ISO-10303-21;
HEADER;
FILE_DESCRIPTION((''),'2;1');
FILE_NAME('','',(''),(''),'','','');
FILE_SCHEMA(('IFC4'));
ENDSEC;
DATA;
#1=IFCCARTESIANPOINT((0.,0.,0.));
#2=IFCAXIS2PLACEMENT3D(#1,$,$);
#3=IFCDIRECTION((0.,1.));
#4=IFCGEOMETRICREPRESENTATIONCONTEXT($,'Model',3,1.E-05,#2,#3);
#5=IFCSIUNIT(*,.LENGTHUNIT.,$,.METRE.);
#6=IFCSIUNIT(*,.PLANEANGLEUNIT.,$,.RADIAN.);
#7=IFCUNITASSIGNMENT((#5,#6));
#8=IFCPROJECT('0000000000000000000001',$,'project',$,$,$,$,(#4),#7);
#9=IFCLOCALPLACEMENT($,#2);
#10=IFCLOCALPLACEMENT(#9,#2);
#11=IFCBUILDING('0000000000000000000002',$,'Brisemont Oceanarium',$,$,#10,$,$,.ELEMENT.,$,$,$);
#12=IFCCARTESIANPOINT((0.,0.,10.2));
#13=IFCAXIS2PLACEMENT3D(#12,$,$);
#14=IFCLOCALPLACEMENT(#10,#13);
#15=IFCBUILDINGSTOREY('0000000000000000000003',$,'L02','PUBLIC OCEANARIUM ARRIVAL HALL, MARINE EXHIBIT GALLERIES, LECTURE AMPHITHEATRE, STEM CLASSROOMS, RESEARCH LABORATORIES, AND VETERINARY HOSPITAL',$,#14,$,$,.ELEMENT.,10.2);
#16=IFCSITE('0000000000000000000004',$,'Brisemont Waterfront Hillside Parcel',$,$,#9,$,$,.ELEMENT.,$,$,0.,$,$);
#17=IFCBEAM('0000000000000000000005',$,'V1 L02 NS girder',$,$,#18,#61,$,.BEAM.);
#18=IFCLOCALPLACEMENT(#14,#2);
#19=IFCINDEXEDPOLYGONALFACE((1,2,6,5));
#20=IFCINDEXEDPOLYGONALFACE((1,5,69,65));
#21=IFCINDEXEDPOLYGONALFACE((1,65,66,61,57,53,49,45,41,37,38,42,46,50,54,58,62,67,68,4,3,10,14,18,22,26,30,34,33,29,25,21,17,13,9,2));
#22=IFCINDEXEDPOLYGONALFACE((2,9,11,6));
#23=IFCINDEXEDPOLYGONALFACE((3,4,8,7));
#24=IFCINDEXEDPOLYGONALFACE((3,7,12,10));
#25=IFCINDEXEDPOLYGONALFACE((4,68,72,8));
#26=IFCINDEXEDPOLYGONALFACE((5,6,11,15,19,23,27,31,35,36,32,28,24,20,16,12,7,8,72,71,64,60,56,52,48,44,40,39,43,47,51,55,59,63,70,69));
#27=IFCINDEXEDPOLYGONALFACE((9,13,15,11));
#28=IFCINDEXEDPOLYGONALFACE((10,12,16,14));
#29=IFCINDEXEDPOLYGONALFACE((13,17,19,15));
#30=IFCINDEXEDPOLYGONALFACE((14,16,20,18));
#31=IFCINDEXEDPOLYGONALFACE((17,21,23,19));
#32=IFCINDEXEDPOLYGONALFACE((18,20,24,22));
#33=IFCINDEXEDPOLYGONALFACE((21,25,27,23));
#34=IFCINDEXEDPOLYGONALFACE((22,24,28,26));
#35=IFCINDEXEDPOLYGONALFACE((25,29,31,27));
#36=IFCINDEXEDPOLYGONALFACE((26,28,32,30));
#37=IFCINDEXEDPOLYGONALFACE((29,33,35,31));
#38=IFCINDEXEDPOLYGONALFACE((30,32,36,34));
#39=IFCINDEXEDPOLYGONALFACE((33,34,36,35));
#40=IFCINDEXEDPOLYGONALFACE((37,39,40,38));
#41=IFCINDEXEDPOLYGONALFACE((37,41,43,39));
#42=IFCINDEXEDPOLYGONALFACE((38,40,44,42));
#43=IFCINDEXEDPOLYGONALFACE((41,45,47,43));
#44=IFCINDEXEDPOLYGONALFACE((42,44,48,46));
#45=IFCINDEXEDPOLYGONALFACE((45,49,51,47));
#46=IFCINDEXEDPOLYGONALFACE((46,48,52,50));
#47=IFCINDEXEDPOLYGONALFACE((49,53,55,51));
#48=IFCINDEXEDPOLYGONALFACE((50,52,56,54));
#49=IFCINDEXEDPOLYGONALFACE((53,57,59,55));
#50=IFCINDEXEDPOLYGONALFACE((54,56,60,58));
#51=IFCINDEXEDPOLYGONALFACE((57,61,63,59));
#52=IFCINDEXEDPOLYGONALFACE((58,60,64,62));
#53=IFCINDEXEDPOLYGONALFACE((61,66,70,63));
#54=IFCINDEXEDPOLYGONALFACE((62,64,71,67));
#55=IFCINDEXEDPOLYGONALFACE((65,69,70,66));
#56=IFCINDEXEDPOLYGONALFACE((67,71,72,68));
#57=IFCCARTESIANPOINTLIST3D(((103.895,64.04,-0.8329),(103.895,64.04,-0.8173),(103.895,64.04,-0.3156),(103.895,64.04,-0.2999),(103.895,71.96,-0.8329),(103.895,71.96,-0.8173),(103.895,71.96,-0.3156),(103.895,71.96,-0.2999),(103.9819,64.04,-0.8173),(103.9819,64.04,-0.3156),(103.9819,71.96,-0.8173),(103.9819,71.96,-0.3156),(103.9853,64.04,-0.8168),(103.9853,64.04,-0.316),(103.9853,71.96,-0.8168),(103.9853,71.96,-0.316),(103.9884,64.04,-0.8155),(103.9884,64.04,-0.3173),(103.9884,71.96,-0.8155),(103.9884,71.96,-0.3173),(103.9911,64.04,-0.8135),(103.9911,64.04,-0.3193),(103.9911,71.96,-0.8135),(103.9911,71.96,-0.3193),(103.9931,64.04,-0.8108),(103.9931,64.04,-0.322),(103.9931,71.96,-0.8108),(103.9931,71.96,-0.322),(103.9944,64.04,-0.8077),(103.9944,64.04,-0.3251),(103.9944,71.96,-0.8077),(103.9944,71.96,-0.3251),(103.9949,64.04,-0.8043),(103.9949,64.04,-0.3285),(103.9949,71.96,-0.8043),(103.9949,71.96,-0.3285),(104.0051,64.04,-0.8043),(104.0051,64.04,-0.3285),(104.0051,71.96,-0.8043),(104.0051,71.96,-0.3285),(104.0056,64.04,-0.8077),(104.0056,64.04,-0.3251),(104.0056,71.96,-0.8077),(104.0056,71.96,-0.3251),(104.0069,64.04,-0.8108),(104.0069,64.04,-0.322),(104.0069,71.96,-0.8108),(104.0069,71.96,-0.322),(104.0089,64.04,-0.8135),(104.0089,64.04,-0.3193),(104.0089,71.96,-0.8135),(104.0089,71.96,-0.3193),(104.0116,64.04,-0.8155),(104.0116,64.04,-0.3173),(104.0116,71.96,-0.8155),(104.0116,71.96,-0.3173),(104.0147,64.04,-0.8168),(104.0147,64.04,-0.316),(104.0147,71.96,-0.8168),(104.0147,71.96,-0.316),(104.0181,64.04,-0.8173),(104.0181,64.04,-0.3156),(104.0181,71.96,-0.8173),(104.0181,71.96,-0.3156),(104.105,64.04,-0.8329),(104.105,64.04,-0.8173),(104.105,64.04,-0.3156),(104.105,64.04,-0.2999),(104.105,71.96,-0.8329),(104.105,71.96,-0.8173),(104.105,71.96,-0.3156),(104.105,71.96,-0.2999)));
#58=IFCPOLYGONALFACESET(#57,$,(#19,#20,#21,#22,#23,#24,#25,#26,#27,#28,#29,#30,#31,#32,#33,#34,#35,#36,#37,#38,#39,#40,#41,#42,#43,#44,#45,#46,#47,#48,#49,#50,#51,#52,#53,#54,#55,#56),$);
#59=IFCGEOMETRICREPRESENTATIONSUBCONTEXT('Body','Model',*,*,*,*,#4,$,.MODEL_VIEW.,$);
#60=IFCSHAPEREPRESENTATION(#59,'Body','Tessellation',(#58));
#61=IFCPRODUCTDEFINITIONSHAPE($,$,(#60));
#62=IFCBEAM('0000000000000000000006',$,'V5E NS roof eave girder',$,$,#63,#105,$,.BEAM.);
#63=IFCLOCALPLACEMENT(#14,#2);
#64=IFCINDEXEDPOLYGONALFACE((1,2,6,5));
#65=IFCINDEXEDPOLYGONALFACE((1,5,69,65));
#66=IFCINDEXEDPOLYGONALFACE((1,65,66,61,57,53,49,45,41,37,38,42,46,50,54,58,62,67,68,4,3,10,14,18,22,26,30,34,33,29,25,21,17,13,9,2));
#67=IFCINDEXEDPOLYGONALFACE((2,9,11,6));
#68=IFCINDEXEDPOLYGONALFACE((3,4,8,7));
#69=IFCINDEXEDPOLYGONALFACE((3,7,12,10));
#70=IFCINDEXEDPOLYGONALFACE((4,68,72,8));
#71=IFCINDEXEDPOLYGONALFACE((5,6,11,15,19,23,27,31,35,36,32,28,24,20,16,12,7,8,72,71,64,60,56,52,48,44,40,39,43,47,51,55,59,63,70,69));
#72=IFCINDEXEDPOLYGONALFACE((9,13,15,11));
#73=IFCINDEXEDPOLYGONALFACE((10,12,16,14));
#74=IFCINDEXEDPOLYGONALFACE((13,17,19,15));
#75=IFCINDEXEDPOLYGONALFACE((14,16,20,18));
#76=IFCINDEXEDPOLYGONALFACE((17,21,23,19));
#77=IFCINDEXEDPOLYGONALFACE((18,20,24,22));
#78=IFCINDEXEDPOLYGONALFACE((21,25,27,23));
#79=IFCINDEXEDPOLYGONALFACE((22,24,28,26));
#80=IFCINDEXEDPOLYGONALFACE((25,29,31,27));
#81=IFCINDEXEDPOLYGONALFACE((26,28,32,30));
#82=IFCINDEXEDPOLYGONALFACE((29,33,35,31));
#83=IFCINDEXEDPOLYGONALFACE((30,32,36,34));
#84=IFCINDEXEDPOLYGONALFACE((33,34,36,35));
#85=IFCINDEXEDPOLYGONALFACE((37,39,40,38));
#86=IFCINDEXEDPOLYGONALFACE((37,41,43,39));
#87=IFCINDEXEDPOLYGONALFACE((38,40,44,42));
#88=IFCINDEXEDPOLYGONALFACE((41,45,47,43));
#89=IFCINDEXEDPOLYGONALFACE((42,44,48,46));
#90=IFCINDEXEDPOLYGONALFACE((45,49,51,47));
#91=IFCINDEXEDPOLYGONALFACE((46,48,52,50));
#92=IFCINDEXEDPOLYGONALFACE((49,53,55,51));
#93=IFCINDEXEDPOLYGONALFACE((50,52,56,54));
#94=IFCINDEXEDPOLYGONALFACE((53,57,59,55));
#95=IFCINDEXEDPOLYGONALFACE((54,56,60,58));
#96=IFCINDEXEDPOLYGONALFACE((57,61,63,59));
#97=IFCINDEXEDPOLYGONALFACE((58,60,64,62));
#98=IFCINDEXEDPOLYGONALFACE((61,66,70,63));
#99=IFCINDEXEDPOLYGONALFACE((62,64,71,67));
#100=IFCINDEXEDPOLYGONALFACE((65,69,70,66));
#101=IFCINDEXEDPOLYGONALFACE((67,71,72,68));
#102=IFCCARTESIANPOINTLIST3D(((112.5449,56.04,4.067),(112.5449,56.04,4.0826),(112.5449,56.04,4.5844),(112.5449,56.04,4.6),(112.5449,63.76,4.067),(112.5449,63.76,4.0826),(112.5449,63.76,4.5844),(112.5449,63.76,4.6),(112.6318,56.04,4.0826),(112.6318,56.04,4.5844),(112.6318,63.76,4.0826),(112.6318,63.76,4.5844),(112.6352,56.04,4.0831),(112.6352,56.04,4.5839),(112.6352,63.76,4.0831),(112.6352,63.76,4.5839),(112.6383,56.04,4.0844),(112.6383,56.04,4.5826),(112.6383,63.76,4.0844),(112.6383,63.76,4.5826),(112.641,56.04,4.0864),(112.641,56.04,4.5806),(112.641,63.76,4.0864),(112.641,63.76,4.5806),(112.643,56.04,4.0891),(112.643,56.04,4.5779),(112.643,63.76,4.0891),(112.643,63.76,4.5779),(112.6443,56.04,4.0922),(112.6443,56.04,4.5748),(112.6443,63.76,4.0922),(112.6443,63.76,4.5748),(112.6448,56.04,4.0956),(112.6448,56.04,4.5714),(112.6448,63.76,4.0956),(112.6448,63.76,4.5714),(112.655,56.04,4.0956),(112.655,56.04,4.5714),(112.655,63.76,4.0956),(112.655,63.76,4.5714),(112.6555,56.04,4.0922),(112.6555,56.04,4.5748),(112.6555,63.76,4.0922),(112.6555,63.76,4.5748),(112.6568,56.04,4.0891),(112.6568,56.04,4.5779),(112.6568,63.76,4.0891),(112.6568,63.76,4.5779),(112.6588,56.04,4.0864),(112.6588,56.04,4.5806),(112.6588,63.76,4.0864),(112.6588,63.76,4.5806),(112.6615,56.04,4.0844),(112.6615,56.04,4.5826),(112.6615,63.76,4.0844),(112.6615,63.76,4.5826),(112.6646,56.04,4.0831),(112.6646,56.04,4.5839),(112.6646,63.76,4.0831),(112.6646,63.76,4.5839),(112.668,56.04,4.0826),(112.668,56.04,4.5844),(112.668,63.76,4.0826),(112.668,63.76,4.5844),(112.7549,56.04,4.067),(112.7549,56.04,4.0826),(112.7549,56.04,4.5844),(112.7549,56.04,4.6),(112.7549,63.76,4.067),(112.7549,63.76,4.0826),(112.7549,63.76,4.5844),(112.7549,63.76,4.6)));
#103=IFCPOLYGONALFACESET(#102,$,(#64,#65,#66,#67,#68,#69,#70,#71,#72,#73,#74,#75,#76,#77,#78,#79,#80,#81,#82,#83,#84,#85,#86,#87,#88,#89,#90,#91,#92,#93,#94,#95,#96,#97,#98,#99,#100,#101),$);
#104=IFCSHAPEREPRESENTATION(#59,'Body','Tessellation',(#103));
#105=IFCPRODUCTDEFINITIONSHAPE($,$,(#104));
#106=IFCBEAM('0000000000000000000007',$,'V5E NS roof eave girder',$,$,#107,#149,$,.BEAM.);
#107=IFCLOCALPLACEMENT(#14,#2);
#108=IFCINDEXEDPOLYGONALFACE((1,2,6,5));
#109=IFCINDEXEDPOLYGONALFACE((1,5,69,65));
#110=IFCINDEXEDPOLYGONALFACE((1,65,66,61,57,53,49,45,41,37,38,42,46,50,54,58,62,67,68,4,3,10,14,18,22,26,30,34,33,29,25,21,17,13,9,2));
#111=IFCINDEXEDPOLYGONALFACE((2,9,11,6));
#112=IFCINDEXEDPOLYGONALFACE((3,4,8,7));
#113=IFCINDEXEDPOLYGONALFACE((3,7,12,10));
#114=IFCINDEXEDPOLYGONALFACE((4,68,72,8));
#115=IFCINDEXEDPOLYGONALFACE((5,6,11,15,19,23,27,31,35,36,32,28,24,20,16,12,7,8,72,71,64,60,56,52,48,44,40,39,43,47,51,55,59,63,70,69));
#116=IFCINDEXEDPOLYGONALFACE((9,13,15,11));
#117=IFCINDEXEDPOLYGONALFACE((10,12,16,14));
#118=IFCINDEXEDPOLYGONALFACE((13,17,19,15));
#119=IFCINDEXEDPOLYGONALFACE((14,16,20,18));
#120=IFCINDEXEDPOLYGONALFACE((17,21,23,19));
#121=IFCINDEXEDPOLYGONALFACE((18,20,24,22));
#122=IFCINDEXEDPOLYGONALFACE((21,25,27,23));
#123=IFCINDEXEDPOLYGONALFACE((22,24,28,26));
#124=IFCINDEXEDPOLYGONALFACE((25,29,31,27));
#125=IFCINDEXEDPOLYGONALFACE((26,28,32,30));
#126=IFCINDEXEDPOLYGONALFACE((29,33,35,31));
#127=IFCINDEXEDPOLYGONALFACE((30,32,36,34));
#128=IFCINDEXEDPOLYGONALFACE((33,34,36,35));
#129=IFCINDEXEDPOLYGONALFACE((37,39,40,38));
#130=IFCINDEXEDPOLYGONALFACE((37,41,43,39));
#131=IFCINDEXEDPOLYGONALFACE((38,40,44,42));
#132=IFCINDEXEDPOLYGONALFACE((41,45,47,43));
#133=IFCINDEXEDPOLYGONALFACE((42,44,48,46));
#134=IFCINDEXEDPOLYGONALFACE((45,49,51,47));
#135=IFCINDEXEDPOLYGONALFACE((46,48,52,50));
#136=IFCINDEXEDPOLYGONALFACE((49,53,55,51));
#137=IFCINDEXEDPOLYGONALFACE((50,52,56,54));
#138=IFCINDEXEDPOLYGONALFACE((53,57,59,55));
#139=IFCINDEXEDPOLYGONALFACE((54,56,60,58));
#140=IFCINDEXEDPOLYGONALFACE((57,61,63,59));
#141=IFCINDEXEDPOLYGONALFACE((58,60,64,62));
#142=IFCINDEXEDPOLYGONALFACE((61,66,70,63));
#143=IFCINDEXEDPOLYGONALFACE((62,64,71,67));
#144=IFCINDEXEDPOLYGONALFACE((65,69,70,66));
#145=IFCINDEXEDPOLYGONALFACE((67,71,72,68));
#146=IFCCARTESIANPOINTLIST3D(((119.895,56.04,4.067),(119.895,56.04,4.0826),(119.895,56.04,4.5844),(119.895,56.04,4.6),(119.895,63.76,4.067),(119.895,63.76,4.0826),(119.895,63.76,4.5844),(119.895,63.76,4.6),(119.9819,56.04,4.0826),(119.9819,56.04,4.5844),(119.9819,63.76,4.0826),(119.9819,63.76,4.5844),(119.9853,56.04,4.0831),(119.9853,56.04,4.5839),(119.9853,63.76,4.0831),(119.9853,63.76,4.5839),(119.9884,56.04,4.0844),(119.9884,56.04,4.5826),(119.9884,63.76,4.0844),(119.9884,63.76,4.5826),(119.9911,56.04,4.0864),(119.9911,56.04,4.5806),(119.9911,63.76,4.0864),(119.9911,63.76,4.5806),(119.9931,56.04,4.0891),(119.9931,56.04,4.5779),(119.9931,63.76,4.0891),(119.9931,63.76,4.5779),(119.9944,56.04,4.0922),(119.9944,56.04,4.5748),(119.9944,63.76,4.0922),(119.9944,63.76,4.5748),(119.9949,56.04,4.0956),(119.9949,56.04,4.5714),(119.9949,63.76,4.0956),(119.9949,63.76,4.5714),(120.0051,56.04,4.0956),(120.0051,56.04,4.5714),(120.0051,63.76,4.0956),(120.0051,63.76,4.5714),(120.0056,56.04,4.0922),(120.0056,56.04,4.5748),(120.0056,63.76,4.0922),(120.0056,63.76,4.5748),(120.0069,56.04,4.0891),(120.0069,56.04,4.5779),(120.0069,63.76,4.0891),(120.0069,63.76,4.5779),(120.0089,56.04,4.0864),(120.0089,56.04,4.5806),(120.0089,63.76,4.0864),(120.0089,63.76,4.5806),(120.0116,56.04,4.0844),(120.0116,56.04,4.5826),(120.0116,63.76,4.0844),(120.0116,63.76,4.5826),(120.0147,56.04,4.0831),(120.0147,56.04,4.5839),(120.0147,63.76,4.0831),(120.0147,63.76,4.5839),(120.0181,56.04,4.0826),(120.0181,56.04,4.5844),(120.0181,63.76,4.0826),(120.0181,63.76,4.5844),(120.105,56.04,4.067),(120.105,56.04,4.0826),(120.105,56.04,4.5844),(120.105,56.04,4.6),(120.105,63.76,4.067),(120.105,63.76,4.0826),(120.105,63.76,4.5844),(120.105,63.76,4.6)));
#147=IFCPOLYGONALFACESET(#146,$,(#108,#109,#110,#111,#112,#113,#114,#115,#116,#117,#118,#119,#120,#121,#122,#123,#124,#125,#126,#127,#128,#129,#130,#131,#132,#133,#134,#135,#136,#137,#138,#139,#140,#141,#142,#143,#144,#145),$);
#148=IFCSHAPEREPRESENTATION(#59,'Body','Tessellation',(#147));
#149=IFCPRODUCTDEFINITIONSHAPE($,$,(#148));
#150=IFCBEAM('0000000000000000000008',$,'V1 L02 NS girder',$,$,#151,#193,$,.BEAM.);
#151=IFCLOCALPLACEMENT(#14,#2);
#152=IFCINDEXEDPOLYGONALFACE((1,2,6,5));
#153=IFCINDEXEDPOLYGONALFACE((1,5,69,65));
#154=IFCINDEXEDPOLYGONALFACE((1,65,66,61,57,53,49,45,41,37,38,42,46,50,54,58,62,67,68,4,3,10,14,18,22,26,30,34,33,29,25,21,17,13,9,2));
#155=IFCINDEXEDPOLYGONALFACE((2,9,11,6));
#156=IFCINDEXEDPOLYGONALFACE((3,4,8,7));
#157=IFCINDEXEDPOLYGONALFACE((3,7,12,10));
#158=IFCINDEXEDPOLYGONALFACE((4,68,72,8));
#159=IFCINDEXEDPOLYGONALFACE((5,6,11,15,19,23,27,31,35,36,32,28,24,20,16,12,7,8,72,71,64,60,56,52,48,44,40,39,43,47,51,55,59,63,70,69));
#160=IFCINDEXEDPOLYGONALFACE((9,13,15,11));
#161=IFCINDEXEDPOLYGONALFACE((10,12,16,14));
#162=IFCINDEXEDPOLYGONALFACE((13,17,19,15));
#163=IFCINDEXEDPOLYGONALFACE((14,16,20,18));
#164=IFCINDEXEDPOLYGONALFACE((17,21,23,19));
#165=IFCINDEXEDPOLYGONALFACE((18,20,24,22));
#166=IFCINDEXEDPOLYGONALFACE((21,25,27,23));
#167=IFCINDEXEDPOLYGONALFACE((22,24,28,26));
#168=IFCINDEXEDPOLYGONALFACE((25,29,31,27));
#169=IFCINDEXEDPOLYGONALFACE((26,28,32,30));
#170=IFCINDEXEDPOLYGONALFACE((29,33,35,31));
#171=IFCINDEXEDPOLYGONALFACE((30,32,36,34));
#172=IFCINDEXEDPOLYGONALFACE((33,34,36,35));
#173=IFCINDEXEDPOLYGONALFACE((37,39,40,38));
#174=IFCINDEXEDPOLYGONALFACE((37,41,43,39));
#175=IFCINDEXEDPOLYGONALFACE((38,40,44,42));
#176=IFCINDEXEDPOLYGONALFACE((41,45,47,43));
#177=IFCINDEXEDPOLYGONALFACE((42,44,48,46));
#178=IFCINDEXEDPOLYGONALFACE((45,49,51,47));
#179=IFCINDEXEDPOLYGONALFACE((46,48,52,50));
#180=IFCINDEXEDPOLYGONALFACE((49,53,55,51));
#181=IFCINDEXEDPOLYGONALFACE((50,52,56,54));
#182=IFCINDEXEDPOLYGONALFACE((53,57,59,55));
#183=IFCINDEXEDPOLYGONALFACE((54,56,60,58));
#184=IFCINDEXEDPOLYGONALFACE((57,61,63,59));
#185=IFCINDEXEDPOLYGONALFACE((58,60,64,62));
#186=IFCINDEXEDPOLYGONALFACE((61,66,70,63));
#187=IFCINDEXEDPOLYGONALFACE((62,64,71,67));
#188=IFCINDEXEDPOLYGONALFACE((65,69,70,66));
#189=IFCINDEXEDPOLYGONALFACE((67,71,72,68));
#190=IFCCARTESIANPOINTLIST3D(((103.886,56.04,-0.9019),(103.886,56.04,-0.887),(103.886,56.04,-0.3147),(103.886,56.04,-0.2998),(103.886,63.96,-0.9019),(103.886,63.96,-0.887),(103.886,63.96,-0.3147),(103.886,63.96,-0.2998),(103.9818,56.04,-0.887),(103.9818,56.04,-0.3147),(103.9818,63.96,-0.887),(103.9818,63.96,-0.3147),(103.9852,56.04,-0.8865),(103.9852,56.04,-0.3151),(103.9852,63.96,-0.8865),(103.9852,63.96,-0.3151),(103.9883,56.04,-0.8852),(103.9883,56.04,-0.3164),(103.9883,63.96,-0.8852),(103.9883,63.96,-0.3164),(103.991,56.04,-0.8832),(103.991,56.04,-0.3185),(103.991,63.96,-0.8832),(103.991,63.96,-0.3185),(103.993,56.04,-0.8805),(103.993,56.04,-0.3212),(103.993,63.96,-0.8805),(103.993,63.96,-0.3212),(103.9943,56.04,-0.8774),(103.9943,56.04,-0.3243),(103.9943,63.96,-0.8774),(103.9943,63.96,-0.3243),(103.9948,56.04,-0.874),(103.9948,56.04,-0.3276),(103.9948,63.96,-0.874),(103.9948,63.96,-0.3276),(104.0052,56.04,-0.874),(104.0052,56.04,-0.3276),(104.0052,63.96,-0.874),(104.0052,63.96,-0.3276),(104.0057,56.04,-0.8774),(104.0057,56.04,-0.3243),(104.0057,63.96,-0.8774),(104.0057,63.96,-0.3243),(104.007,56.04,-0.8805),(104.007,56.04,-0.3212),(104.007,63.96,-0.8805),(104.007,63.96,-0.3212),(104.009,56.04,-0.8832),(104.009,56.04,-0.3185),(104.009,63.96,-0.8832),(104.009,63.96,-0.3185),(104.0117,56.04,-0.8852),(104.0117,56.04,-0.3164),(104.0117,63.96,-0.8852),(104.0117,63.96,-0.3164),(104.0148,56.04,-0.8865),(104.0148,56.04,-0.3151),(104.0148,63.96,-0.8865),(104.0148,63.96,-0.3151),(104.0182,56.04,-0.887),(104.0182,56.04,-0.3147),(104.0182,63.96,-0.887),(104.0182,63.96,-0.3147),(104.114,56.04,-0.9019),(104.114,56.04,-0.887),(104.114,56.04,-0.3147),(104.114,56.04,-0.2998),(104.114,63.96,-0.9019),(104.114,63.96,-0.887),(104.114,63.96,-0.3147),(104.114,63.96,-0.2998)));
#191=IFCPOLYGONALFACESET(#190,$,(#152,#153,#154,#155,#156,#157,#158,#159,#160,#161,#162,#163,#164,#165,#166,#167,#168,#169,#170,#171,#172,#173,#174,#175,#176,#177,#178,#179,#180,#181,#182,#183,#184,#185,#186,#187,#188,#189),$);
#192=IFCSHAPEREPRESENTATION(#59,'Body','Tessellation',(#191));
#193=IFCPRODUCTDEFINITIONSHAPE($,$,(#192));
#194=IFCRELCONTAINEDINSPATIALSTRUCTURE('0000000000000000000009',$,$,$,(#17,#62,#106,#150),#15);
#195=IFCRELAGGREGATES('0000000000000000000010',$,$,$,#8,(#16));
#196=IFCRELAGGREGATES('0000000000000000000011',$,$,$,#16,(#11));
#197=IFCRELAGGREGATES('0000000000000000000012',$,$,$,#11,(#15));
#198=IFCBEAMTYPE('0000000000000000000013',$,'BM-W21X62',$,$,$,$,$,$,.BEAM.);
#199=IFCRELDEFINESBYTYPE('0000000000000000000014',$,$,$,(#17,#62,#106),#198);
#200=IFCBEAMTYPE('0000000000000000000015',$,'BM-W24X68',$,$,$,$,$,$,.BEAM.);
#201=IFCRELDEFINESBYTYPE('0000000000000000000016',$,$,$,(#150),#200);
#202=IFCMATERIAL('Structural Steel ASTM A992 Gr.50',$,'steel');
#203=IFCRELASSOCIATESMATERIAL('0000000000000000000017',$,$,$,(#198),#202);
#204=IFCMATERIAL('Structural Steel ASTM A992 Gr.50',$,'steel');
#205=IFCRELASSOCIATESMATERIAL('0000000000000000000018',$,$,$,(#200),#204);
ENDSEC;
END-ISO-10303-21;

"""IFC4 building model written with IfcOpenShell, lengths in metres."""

from ifc_helpers import new_model, si_unit, direction, frame, origin, origin_2d, place, context, subcontext, project, spatial, i_section, extrude, material, material_profile, profile_set, type_object, element, save


model = new_model("IFC4")

# Units and contexts
model_context = context("Model", 3, precision=1e-05, world=origin(), true_north=direction((0.0, 1.0)))
body_context = subcontext(model_context, "Body", "Model", "MODEL_VIEW")
ifc_project = project(units=[si_unit("LENGTHUNIT", "METRE"), si_unit("PLANEANGLEUNIT", "RADIAN")], contexts=[model_context])

# Site, building, storey
site_placement = place(None, origin())
site = spatial("IfcSite", under=ifc_project, at=site_placement, Name="Brisemont Waterfront Hillside Parcel", CompositionType="ELEMENT", RefElevation=0.0)
building_placement = place(site_placement, origin())
building = spatial("IfcBuilding", under=site, at=building_placement, Name="Brisemont Oceanarium", CompositionType="ELEMENT")
storey_placement = place(building_placement, frame((0.0, 0.0, 10.2)))
storey = spatial("IfcBuildingStorey", under=building, at=storey_placement, Name="L02", Description="PUBLIC OCEANARIUM ARRIVAL HALL, MARINE EXHIBIT GALLERIES, LECTURE AMPHITHEATRE, STEM CLASSROOMS, RESEARCH LABORATORIES, AND VETERINARY HOSPITAL", CompositionType="ELEMENT", Elevation=10.2)

# Beams
ifc_material_1 = material(Name="Structural Steel ASTM A992 Gr.50", Category="steel")
ifc_material_profile_1 = material_profile(ifc_material_1, i_section(OverallWidth=0.21, OverallDepth=0.533, WebThickness=0.0103, FlangeThickness=0.0156, FilletRadius=0.0129, at=origin_2d()), Name="W21X62")
ifc_profile_set_1 = profile_set([ifc_material_profile_1], Name="Structural Steel ASTM A992 Gr.50")
beam_type_1 = type_object("IfcBeamType", Name="BM-W21X62", PredefinedType="BEAM", material=ifc_profile_set_1)
beam_1_placement = place(storey_placement, frame((104.0, 64.04, -0.5664), z_axis=(0.0, 1.0, 0.0), x_axis=(-1.0, 0.0, 0.0)))
element("IfcBeam", 1, at=beam_1_placement, inside=storey, type_object=beam_type_1, Name="V1 L02 NS girder", PredefinedType="BEAM", context=body_context, shape_type="SweptSolid", body=[
    extrude(i_section(OverallWidth=0.21, OverallDepth=0.533, WebThickness=0.0103, FlangeThickness=0.0156, FilletRadius=0.0129, at=origin_2d()), origin(), (0.0, 0.0, 1.0), 7.9199),
])
for number, where, z_axis, x_axis, name in (
    (2, (112.6499, 56.04, 4.3335), (0.0, 1.0, 0.0), (-1.0, 0.0, 0.0), "V5E NS roof eave girder"),
    (3, (120.0, 56.04, 4.3335), (0.0, 1.0, 0.0), (-1.0, 0.0, 0.0), "V5E NS roof eave girder"),
):
    element("IfcBeam", number, at=place(storey_placement, frame(where, z_axis=z_axis, x_axis=x_axis)), inside=storey, type_object=beam_type_1, Name=name, PredefinedType="BEAM", context=body_context, shape_type="SweptSolid", body=[
        extrude(i_section(OverallWidth=0.21, OverallDepth=0.533, WebThickness=0.0103, FlangeThickness=0.0156, FilletRadius=0.0129, at=origin_2d()), origin(), (0.0, 0.0, 1.0), 7.72),
    ])
ifc_material_2 = material(Name="Structural Steel ASTM A992 Gr.50", Category="steel")
ifc_material_profile_2 = material_profile(ifc_material_2, i_section(OverallWidth=0.228, OverallDepth=0.6021, WebThickness=0.0105, FlangeThickness=0.0149, FilletRadius=0.0129, at=origin_2d()), Name="W24X68")
ifc_profile_set_2 = profile_set([ifc_material_profile_2], Name="Structural Steel ASTM A992 Gr.50")
beam_type_2 = type_object("IfcBeamType", Name="BM-W24X68", PredefinedType="BEAM", material=ifc_profile_set_2)
beam_2_placement = place(storey_placement, frame((104.0, 56.04, -0.6008), z_axis=(0.0, 1.0, 0.0), x_axis=(-1.0, 0.0, 0.0)))
element("IfcBeam", 4, at=beam_2_placement, inside=storey, type_object=beam_type_2, Name="V1 L02 NS girder", PredefinedType="BEAM", context=body_context, shape_type="SweptSolid", body=[
    extrude(i_section(OverallWidth=0.228, OverallDepth=0.6021, WebThickness=0.0105, FlangeThickness=0.0149, FilletRadius=0.0129, at=origin_2d()), origin(), (0.0, 0.0, 1.0), 7.9199),
])

save(model, "model.ifc")
